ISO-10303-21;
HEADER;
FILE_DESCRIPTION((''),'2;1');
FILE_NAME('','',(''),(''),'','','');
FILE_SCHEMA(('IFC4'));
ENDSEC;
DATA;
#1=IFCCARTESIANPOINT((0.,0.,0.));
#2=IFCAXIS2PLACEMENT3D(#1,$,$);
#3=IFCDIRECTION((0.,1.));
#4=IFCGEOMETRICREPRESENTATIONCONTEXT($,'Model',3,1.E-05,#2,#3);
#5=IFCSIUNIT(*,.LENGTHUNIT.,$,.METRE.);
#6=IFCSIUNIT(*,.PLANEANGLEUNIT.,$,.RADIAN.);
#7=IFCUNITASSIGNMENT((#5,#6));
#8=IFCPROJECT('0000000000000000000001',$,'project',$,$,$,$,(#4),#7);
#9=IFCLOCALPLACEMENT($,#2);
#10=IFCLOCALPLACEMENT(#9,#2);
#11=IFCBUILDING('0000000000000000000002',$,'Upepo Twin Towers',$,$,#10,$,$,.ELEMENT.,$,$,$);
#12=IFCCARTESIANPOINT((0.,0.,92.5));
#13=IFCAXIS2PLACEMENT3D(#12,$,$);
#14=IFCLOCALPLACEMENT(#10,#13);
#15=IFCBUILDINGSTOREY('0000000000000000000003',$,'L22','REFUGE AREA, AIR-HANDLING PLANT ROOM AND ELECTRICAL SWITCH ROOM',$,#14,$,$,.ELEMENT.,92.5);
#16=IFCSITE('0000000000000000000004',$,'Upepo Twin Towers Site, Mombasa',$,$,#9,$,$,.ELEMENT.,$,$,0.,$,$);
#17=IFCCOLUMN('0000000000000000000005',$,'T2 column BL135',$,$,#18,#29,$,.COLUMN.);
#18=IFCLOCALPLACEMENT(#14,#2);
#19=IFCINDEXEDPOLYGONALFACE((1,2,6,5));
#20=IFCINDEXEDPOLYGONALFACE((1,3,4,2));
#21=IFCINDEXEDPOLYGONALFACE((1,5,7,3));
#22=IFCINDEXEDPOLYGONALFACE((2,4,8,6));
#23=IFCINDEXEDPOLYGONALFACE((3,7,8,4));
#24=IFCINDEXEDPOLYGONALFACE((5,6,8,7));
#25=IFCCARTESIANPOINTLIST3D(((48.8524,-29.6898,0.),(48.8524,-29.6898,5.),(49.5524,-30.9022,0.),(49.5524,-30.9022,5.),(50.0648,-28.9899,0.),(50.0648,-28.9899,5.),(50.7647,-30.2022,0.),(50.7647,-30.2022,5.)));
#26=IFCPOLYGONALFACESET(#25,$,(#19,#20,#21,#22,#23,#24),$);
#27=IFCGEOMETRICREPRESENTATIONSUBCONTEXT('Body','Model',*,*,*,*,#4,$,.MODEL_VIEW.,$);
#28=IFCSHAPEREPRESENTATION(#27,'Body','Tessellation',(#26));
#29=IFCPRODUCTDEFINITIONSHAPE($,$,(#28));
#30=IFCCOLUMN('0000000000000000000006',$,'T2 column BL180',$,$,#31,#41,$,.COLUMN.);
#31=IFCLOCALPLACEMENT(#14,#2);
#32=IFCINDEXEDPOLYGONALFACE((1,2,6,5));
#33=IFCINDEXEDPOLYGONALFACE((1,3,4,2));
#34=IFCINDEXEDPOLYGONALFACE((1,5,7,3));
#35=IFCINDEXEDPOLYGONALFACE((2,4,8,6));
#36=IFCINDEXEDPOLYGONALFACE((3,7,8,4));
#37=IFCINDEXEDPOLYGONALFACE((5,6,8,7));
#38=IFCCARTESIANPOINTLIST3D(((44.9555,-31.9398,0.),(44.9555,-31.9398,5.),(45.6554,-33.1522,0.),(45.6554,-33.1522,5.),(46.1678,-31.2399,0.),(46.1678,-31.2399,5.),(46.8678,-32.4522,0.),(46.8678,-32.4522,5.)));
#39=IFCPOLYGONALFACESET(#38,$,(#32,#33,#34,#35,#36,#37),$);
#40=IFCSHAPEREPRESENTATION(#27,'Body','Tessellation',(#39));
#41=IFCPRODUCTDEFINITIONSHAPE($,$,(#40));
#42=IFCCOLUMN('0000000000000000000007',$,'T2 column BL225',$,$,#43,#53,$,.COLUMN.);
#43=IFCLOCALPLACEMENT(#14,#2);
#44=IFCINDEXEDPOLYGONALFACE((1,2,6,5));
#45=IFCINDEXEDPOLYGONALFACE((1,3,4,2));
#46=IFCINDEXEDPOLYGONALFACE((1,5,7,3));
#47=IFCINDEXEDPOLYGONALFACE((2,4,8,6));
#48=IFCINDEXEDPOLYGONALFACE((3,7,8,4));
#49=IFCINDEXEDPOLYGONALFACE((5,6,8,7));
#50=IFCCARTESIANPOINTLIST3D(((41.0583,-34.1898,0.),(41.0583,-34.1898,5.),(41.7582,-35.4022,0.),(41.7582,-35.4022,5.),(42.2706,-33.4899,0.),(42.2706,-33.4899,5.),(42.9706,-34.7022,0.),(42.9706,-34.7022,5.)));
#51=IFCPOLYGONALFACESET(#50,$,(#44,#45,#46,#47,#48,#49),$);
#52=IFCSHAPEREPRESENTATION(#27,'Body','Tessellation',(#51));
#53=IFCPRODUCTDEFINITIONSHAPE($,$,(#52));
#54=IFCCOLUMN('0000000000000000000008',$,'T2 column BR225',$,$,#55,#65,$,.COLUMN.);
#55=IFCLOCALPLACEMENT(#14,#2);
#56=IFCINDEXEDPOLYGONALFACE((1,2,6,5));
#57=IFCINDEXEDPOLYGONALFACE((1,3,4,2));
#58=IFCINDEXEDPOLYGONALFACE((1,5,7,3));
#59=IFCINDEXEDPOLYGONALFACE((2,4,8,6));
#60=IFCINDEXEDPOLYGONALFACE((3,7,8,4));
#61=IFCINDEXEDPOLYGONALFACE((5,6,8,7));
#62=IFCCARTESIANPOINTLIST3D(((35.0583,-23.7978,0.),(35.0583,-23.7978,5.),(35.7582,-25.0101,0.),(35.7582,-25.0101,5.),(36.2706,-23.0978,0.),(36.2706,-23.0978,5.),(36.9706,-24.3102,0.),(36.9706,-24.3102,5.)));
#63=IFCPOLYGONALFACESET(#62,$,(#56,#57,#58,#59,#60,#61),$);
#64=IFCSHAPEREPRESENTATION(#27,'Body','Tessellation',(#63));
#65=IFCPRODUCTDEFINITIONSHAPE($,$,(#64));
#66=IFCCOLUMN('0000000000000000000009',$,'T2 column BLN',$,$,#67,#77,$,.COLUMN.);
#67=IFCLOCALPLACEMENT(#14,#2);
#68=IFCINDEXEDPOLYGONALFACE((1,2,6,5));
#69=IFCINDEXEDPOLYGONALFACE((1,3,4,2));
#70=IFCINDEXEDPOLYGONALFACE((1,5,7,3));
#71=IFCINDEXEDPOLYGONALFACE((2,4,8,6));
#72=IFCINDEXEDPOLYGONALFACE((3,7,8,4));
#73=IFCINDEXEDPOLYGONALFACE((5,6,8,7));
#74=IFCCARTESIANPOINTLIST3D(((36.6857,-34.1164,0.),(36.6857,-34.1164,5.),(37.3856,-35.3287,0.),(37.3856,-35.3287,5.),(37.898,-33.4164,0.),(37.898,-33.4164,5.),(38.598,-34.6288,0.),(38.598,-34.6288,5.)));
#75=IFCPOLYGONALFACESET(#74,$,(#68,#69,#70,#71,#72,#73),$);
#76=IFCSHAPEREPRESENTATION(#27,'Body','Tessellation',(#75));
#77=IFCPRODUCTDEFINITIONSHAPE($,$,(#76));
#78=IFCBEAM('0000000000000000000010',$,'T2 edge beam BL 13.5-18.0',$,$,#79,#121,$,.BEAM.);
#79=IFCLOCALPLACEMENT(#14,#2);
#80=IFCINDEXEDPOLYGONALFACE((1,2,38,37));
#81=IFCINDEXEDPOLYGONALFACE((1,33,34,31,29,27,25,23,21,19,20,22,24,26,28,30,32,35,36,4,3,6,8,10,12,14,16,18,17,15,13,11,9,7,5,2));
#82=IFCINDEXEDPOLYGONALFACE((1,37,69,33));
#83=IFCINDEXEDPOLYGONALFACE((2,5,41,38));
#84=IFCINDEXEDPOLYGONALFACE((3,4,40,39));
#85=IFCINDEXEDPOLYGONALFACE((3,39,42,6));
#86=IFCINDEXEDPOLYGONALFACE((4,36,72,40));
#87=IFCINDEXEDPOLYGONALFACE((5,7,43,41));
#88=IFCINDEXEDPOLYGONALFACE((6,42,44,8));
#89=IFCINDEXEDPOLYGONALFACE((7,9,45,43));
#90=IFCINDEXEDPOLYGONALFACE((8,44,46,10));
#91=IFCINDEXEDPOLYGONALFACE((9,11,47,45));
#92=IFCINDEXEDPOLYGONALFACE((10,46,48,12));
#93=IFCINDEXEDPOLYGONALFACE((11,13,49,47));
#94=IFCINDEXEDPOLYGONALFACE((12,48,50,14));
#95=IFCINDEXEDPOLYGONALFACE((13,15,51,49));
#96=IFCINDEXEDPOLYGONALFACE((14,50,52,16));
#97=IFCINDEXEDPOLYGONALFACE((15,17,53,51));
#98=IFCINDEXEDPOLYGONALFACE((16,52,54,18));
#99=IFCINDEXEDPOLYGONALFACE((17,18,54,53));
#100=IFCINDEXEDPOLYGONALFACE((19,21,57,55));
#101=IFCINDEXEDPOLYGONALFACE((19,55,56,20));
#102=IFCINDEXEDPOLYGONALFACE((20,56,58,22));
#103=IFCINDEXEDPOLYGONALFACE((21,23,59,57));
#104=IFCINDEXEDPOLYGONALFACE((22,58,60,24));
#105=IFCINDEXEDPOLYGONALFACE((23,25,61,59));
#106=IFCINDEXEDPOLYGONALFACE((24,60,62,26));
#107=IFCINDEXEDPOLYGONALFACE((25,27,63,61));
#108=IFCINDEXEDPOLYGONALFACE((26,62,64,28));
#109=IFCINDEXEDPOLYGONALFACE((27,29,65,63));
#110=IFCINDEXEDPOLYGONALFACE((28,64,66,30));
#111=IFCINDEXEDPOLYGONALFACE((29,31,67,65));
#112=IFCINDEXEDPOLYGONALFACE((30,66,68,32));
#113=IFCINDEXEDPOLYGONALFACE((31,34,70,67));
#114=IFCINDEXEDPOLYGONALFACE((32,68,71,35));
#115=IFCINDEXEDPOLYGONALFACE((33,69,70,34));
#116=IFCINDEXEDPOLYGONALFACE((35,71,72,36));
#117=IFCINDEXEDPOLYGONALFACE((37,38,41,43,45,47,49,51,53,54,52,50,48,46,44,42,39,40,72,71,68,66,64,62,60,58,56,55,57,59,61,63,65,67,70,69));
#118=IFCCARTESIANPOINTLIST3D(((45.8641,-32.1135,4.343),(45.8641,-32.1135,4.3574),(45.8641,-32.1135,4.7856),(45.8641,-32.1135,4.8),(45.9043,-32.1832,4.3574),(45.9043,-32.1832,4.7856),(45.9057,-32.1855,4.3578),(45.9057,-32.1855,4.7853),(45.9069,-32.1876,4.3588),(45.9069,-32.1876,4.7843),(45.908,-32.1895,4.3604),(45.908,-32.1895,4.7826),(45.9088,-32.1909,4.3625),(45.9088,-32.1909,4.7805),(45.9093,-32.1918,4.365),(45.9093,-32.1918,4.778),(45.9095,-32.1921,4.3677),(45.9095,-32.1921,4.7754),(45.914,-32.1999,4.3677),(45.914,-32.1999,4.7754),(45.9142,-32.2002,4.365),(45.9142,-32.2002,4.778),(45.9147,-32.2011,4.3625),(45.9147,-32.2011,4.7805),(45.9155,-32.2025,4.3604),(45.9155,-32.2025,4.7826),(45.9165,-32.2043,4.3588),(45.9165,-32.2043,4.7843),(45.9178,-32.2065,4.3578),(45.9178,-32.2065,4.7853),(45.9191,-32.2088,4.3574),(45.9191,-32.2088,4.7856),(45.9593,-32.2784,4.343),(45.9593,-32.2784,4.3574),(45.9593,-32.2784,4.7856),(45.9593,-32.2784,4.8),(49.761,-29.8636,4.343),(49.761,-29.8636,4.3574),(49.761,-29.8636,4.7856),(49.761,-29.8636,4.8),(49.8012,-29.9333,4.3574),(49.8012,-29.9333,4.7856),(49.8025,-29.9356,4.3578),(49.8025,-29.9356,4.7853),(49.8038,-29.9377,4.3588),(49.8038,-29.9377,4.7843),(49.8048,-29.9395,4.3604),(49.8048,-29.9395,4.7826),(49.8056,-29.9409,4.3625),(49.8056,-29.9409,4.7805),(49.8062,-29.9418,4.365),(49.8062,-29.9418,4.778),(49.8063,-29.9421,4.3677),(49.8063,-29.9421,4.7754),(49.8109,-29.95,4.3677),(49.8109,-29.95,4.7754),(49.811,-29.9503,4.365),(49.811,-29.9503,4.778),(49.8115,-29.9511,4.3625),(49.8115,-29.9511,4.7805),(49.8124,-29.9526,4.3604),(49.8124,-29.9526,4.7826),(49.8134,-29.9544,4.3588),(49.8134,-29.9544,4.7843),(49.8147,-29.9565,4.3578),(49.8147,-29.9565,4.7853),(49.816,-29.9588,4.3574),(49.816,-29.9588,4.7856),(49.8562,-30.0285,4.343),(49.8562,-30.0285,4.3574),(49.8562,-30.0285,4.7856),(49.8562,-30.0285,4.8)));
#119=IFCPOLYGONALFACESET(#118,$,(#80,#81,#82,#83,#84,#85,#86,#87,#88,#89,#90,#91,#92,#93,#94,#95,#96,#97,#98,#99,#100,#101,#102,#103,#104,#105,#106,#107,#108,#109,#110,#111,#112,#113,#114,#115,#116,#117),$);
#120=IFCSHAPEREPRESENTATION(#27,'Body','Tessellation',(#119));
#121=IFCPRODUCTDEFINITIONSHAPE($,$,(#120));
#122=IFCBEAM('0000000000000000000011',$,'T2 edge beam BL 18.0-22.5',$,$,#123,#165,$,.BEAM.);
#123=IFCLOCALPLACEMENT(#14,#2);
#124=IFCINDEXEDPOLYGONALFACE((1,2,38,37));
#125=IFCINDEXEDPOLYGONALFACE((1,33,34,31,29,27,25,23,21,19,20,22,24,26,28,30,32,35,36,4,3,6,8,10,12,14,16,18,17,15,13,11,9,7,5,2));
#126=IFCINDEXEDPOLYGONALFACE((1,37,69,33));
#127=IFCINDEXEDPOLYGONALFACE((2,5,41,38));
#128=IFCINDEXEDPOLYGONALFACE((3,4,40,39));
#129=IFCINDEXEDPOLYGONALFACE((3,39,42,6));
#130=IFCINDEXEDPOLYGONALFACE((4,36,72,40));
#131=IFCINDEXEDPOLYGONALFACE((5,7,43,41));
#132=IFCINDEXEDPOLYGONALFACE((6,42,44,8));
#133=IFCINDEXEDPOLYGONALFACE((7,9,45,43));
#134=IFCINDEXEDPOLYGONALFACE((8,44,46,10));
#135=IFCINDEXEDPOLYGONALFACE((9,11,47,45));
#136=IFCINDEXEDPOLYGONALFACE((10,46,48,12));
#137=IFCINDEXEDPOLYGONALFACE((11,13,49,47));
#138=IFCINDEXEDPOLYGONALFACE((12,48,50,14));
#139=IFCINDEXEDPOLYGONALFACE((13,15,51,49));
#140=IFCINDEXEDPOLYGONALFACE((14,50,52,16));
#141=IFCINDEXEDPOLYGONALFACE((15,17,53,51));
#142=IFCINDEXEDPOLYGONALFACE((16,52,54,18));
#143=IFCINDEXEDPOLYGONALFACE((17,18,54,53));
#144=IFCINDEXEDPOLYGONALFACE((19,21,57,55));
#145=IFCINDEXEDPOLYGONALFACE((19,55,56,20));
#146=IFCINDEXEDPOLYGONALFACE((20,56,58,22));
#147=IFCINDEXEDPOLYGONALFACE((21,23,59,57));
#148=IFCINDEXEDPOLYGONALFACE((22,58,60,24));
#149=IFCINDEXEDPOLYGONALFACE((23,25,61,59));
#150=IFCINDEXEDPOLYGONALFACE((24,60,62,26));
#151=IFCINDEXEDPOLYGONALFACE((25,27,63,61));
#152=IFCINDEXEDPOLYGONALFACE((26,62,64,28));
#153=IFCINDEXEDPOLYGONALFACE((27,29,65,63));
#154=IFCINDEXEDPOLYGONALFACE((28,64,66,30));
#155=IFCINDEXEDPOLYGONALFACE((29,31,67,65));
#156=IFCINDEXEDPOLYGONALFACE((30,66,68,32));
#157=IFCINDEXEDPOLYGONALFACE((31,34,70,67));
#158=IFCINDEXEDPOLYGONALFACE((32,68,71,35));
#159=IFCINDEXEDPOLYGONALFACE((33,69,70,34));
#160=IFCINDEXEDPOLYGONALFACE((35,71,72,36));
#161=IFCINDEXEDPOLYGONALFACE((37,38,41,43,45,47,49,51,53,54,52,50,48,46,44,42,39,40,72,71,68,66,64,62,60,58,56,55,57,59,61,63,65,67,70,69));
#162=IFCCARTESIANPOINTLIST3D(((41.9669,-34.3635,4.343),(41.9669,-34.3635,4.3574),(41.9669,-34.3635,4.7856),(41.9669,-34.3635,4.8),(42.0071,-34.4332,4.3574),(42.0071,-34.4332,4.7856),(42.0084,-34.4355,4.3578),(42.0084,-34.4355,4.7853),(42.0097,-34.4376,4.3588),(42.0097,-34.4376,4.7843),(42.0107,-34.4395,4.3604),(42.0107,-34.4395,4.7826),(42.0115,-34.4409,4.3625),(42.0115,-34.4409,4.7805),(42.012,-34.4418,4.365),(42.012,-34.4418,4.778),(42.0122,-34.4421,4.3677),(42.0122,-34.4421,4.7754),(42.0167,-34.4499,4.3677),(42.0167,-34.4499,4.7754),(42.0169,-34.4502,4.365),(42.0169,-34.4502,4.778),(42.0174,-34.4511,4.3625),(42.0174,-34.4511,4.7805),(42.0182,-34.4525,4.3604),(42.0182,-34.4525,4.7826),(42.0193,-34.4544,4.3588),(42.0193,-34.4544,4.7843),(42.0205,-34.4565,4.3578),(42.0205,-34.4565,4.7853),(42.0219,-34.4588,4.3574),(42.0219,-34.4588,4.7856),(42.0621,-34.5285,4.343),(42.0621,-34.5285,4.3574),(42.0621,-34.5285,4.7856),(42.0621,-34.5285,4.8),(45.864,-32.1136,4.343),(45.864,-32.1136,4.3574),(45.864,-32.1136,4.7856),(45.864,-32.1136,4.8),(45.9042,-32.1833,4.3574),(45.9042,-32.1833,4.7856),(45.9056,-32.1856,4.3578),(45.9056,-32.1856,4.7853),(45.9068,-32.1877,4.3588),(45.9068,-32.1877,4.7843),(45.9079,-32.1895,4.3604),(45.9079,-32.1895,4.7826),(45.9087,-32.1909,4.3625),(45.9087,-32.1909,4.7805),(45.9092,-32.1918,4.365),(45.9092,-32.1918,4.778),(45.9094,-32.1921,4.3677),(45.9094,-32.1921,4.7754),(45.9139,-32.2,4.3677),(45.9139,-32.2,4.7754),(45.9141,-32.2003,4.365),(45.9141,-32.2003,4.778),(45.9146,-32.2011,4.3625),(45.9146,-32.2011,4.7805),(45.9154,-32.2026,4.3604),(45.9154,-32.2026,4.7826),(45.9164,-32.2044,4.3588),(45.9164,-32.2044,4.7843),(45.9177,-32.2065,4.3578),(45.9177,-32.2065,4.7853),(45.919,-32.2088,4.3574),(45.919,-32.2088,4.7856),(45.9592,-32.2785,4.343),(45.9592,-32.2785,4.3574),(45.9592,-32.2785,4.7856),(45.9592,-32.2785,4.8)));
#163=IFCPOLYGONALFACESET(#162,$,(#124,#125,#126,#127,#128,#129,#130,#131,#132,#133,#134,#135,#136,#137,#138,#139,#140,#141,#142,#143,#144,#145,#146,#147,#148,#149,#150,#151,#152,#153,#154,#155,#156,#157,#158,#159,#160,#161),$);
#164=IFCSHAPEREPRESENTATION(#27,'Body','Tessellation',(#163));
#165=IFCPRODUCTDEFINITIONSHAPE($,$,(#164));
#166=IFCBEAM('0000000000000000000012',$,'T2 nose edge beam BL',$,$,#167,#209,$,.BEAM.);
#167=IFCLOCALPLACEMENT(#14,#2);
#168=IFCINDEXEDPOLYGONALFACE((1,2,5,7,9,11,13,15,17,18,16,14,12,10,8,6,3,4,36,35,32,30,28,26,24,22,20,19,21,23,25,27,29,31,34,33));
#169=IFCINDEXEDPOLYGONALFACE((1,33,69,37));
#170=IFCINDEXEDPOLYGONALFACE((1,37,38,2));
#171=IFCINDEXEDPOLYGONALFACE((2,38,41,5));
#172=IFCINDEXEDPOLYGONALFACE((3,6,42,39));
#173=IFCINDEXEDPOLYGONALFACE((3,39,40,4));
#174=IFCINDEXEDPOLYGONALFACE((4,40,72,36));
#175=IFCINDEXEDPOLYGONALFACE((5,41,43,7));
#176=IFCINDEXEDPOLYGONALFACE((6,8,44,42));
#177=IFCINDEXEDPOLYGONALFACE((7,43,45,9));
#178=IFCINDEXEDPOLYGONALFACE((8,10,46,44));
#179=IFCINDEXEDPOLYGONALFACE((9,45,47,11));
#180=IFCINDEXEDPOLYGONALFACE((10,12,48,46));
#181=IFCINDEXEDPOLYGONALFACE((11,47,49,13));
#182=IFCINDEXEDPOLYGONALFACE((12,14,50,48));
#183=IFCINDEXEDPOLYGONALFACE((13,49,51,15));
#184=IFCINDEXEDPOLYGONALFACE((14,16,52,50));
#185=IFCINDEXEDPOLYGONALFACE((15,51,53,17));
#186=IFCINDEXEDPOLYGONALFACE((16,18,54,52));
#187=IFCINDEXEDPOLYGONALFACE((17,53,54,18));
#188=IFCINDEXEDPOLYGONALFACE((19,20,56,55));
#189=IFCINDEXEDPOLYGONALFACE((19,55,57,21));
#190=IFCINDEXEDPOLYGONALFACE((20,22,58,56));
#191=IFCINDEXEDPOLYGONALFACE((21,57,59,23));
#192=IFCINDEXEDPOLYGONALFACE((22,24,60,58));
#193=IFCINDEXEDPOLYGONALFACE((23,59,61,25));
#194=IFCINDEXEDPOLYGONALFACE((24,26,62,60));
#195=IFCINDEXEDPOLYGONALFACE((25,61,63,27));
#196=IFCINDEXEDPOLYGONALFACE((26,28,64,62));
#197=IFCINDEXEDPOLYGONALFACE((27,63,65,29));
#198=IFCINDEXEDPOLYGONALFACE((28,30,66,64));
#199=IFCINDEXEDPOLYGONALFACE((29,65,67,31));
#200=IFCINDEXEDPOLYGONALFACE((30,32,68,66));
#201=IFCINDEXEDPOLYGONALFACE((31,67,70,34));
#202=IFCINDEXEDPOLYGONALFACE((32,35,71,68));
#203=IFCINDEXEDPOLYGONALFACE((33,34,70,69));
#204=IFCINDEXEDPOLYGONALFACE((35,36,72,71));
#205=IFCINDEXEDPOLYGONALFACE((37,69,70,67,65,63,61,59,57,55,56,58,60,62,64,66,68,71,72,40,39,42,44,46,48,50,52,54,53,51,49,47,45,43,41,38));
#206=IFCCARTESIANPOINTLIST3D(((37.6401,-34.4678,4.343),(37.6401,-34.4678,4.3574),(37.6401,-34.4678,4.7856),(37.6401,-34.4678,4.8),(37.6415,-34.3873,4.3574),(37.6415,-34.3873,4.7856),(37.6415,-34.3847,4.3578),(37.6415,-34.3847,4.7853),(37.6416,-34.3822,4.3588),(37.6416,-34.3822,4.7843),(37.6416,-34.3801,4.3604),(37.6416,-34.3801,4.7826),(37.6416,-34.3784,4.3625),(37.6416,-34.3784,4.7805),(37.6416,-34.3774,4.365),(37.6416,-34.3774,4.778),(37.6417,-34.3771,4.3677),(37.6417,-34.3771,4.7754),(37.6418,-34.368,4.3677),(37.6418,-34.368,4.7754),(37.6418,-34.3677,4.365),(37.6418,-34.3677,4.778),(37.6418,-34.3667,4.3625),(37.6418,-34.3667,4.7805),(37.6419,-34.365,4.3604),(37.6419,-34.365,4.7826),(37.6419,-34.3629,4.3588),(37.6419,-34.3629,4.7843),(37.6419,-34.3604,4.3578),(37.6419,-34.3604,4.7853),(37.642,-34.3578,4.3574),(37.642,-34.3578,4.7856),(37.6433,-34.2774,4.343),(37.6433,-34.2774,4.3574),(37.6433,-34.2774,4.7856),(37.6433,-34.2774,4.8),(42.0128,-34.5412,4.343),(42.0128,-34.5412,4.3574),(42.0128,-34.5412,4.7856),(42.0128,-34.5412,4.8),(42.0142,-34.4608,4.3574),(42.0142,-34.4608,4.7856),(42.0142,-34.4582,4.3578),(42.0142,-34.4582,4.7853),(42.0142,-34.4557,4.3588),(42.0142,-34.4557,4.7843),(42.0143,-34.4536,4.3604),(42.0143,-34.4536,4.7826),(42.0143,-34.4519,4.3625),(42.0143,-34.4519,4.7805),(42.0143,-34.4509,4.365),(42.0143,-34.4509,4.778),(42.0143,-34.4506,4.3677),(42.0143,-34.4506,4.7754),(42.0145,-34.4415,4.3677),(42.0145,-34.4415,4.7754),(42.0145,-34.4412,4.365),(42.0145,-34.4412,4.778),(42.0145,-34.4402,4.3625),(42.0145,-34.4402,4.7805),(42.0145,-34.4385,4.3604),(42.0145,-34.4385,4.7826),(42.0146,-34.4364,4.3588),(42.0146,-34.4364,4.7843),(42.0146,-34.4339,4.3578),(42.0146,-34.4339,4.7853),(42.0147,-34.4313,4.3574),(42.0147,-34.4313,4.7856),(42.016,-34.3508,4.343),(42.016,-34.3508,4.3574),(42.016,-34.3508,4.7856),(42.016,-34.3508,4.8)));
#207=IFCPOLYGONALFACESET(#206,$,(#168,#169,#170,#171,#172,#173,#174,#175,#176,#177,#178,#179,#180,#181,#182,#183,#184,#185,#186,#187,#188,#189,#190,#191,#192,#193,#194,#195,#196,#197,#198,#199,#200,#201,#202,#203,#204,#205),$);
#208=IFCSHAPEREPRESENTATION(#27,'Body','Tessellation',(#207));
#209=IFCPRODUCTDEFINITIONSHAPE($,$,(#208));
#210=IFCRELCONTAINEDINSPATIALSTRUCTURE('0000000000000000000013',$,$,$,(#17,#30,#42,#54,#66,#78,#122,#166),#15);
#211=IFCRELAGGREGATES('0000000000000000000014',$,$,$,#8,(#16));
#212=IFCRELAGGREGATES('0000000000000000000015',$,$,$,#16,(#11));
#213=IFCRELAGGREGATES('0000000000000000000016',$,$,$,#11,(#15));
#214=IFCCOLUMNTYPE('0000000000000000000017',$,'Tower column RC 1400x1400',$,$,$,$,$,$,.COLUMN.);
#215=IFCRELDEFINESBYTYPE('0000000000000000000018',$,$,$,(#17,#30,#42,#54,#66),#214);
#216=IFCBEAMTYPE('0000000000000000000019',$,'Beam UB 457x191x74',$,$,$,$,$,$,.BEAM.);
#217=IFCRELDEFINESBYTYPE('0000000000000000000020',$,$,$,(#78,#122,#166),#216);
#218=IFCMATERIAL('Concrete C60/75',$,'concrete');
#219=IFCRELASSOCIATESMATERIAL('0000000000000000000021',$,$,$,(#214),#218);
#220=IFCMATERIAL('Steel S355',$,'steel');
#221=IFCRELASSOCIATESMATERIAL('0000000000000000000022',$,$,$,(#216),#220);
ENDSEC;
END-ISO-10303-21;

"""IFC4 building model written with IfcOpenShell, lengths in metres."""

from ifc_helpers import new_model, si_unit, direction, frame, origin, origin_2d, place, context, subcontext, project, spatial, rectangle, i_section, extrude, material, material_profile, profile_set, type_object, element, save


model = new_model("IFC4")

# Units and contexts
model_context = context("Model", 3, precision=1e-05, world=origin(), true_north=direction((0.0, 1.0)))
body_context = subcontext(model_context, "Body", "Model", "MODEL_VIEW")
ifc_project = project(units=[si_unit("LENGTHUNIT", "METRE"), si_unit("PLANEANGLEUNIT", "RADIAN")], contexts=[model_context])

# Site, building, storey
site_placement = place(None, origin())
site = spatial("IfcSite", under=ifc_project, at=site_placement, Name="Upepo Twin Towers Site, Mombasa", CompositionType="ELEMENT", RefElevation=0.0)
building_placement = place(site_placement, origin())
building = spatial("IfcBuilding", under=site, at=building_placement, Name="Upepo Twin Towers", CompositionType="ELEMENT")
storey_placement = place(building_placement, frame((0.0, 0.0, 92.5)))
storey = spatial("IfcBuildingStorey", under=building, at=storey_placement, Name="L22", Description="REFUGE AREA, AIR-HANDLING PLANT ROOM AND ELECTRICAL SWITCH ROOM", CompositionType="ELEMENT", Elevation=92.5)

# Columns
ifc_material_1 = material(Name="Concrete C60/75", Category="concrete")
ifc_material_profile_1 = material_profile(ifc_material_1, rectangle(XDim=1.3999, YDim=1.3999, at=origin_2d()), Name="RC 1400x1400")
ifc_profile_set_1 = profile_set([ifc_material_profile_1], Name="Concrete C60/75")
column_type = type_object("IfcColumnType", Name="Tower column RC 1400x1400", PredefinedType="COLUMN", material=ifc_profile_set_1)
for number, where, z_axis, x_axis, name in (
    (1, (49.8086, -29.946, 0.0), (0.0, 0.0, 1.0), (0.866025, 0.5, 0.0), "T2 column BL135"),
    (2, (45.9116, -32.196, 0.0), (0.0, 0.0, 1.0), (0.866025, 0.5, 0.0), "T2 column BL180"),
    (3, (42.0144, -34.446, 0.0), (0.0, 0.0, 1.0), (0.866025, 0.5, 0.0), "T2 column BL225"),
    (4, (36.0144, -24.054, 0.0), (0.0, 0.0, 1.0), (0.866025, 0.5, 0.0), "T2 column BR225"),
    (5, (37.6418, -34.3726, 0.0), (0.0, 0.0, 1.0), (0.866025, 0.5, 0.0), "T2 column BLN"),
):
    element("IfcColumn", number, at=place(storey_placement, frame(where, z_axis=z_axis, x_axis=x_axis)), inside=storey, type_object=column_type, Name=name, PredefinedType="COLUMN", context=body_context, shape_type="SweptSolid", body=[
        extrude(rectangle(XDim=1.3999, YDim=1.3999, at=origin_2d()), origin(), (0.0, 0.0, 1.0), 5.0),
    ])

# Beams
ifc_material_2 = material(Name="Steel S355", Category="steel")
ifc_material_profile_2 = material_profile(ifc_material_2, i_section(OverallWidth=0.1904, OverallDepth=0.457, WebThickness=0.009, FlangeThickness=0.0144, FilletRadius=0.0103, at=origin_2d()), Name="UB 457x191x74")
ifc_profile_set_2 = profile_set([ifc_material_profile_2], Name="Steel S355")
beam_type_1 = type_object("IfcBeamType", Name="Beam UB 457x191x74", PredefinedType="BEAM", material=ifc_profile_set_2)
beam_1_placement = place(storey_placement, frame((49.8086, -29.946, 4.5715), z_axis=(-0.866018, -0.500014, 0.0), x_axis=(0.500014, -0.866018, 0.0)))
element("IfcBeam", 6, at=beam_1_placement, inside=storey, type_object=beam_type_1, Name="T2 edge beam BL 13.5-18.0", PredefinedType="BEAM", context=body_context, shape_type="SweptSolid", body=[
    extrude(i_section(OverallWidth=0.1904, OverallDepth=0.457, WebThickness=0.009, FlangeThickness=0.0144, FilletRadius=0.0103, at=origin_2d()), origin(), (0.0, 0.0, 1.0), 4.4998),
])
beam_2_placement = place(storey_placement, frame((45.9116, -32.196, 4.5715), z_axis=(-0.866031, -0.49999, 0.0), x_axis=(0.49999, -0.866031, 0.0)))
element("IfcBeam", 7, at=beam_2_placement, inside=storey, type_object=beam_type_1, Name="T2 edge beam BL 18.0-22.5", PredefinedType="BEAM", context=body_context, shape_type="SweptSolid", body=[
    extrude(i_section(OverallWidth=0.1904, OverallDepth=0.457, WebThickness=0.009, FlangeThickness=0.0144, FilletRadius=0.0103, at=origin_2d()), origin(), (0.0, 0.0, 1.0), 4.5),
])
beam_3_placement = place(storey_placement, frame((42.0144, -34.446, 4.5715), z_axis=(-0.999859, 0.016804, 0.0), x_axis=(-0.016804, -0.999859, 0.0)))
element("IfcBeam", 8, at=beam_3_placement, inside=storey, type_object=beam_type_1, Name="T2 nose edge beam BL", PredefinedType="BEAM", context=body_context, shape_type="SweptSolid", body=[
    extrude(i_section(OverallWidth=0.1904, OverallDepth=0.457, WebThickness=0.009, FlangeThickness=0.0144, FilletRadius=0.0103, at=origin_2d()), origin(), (0.0, 0.0, 1.0), 4.3733),
])

save(model, "model.ifc")
